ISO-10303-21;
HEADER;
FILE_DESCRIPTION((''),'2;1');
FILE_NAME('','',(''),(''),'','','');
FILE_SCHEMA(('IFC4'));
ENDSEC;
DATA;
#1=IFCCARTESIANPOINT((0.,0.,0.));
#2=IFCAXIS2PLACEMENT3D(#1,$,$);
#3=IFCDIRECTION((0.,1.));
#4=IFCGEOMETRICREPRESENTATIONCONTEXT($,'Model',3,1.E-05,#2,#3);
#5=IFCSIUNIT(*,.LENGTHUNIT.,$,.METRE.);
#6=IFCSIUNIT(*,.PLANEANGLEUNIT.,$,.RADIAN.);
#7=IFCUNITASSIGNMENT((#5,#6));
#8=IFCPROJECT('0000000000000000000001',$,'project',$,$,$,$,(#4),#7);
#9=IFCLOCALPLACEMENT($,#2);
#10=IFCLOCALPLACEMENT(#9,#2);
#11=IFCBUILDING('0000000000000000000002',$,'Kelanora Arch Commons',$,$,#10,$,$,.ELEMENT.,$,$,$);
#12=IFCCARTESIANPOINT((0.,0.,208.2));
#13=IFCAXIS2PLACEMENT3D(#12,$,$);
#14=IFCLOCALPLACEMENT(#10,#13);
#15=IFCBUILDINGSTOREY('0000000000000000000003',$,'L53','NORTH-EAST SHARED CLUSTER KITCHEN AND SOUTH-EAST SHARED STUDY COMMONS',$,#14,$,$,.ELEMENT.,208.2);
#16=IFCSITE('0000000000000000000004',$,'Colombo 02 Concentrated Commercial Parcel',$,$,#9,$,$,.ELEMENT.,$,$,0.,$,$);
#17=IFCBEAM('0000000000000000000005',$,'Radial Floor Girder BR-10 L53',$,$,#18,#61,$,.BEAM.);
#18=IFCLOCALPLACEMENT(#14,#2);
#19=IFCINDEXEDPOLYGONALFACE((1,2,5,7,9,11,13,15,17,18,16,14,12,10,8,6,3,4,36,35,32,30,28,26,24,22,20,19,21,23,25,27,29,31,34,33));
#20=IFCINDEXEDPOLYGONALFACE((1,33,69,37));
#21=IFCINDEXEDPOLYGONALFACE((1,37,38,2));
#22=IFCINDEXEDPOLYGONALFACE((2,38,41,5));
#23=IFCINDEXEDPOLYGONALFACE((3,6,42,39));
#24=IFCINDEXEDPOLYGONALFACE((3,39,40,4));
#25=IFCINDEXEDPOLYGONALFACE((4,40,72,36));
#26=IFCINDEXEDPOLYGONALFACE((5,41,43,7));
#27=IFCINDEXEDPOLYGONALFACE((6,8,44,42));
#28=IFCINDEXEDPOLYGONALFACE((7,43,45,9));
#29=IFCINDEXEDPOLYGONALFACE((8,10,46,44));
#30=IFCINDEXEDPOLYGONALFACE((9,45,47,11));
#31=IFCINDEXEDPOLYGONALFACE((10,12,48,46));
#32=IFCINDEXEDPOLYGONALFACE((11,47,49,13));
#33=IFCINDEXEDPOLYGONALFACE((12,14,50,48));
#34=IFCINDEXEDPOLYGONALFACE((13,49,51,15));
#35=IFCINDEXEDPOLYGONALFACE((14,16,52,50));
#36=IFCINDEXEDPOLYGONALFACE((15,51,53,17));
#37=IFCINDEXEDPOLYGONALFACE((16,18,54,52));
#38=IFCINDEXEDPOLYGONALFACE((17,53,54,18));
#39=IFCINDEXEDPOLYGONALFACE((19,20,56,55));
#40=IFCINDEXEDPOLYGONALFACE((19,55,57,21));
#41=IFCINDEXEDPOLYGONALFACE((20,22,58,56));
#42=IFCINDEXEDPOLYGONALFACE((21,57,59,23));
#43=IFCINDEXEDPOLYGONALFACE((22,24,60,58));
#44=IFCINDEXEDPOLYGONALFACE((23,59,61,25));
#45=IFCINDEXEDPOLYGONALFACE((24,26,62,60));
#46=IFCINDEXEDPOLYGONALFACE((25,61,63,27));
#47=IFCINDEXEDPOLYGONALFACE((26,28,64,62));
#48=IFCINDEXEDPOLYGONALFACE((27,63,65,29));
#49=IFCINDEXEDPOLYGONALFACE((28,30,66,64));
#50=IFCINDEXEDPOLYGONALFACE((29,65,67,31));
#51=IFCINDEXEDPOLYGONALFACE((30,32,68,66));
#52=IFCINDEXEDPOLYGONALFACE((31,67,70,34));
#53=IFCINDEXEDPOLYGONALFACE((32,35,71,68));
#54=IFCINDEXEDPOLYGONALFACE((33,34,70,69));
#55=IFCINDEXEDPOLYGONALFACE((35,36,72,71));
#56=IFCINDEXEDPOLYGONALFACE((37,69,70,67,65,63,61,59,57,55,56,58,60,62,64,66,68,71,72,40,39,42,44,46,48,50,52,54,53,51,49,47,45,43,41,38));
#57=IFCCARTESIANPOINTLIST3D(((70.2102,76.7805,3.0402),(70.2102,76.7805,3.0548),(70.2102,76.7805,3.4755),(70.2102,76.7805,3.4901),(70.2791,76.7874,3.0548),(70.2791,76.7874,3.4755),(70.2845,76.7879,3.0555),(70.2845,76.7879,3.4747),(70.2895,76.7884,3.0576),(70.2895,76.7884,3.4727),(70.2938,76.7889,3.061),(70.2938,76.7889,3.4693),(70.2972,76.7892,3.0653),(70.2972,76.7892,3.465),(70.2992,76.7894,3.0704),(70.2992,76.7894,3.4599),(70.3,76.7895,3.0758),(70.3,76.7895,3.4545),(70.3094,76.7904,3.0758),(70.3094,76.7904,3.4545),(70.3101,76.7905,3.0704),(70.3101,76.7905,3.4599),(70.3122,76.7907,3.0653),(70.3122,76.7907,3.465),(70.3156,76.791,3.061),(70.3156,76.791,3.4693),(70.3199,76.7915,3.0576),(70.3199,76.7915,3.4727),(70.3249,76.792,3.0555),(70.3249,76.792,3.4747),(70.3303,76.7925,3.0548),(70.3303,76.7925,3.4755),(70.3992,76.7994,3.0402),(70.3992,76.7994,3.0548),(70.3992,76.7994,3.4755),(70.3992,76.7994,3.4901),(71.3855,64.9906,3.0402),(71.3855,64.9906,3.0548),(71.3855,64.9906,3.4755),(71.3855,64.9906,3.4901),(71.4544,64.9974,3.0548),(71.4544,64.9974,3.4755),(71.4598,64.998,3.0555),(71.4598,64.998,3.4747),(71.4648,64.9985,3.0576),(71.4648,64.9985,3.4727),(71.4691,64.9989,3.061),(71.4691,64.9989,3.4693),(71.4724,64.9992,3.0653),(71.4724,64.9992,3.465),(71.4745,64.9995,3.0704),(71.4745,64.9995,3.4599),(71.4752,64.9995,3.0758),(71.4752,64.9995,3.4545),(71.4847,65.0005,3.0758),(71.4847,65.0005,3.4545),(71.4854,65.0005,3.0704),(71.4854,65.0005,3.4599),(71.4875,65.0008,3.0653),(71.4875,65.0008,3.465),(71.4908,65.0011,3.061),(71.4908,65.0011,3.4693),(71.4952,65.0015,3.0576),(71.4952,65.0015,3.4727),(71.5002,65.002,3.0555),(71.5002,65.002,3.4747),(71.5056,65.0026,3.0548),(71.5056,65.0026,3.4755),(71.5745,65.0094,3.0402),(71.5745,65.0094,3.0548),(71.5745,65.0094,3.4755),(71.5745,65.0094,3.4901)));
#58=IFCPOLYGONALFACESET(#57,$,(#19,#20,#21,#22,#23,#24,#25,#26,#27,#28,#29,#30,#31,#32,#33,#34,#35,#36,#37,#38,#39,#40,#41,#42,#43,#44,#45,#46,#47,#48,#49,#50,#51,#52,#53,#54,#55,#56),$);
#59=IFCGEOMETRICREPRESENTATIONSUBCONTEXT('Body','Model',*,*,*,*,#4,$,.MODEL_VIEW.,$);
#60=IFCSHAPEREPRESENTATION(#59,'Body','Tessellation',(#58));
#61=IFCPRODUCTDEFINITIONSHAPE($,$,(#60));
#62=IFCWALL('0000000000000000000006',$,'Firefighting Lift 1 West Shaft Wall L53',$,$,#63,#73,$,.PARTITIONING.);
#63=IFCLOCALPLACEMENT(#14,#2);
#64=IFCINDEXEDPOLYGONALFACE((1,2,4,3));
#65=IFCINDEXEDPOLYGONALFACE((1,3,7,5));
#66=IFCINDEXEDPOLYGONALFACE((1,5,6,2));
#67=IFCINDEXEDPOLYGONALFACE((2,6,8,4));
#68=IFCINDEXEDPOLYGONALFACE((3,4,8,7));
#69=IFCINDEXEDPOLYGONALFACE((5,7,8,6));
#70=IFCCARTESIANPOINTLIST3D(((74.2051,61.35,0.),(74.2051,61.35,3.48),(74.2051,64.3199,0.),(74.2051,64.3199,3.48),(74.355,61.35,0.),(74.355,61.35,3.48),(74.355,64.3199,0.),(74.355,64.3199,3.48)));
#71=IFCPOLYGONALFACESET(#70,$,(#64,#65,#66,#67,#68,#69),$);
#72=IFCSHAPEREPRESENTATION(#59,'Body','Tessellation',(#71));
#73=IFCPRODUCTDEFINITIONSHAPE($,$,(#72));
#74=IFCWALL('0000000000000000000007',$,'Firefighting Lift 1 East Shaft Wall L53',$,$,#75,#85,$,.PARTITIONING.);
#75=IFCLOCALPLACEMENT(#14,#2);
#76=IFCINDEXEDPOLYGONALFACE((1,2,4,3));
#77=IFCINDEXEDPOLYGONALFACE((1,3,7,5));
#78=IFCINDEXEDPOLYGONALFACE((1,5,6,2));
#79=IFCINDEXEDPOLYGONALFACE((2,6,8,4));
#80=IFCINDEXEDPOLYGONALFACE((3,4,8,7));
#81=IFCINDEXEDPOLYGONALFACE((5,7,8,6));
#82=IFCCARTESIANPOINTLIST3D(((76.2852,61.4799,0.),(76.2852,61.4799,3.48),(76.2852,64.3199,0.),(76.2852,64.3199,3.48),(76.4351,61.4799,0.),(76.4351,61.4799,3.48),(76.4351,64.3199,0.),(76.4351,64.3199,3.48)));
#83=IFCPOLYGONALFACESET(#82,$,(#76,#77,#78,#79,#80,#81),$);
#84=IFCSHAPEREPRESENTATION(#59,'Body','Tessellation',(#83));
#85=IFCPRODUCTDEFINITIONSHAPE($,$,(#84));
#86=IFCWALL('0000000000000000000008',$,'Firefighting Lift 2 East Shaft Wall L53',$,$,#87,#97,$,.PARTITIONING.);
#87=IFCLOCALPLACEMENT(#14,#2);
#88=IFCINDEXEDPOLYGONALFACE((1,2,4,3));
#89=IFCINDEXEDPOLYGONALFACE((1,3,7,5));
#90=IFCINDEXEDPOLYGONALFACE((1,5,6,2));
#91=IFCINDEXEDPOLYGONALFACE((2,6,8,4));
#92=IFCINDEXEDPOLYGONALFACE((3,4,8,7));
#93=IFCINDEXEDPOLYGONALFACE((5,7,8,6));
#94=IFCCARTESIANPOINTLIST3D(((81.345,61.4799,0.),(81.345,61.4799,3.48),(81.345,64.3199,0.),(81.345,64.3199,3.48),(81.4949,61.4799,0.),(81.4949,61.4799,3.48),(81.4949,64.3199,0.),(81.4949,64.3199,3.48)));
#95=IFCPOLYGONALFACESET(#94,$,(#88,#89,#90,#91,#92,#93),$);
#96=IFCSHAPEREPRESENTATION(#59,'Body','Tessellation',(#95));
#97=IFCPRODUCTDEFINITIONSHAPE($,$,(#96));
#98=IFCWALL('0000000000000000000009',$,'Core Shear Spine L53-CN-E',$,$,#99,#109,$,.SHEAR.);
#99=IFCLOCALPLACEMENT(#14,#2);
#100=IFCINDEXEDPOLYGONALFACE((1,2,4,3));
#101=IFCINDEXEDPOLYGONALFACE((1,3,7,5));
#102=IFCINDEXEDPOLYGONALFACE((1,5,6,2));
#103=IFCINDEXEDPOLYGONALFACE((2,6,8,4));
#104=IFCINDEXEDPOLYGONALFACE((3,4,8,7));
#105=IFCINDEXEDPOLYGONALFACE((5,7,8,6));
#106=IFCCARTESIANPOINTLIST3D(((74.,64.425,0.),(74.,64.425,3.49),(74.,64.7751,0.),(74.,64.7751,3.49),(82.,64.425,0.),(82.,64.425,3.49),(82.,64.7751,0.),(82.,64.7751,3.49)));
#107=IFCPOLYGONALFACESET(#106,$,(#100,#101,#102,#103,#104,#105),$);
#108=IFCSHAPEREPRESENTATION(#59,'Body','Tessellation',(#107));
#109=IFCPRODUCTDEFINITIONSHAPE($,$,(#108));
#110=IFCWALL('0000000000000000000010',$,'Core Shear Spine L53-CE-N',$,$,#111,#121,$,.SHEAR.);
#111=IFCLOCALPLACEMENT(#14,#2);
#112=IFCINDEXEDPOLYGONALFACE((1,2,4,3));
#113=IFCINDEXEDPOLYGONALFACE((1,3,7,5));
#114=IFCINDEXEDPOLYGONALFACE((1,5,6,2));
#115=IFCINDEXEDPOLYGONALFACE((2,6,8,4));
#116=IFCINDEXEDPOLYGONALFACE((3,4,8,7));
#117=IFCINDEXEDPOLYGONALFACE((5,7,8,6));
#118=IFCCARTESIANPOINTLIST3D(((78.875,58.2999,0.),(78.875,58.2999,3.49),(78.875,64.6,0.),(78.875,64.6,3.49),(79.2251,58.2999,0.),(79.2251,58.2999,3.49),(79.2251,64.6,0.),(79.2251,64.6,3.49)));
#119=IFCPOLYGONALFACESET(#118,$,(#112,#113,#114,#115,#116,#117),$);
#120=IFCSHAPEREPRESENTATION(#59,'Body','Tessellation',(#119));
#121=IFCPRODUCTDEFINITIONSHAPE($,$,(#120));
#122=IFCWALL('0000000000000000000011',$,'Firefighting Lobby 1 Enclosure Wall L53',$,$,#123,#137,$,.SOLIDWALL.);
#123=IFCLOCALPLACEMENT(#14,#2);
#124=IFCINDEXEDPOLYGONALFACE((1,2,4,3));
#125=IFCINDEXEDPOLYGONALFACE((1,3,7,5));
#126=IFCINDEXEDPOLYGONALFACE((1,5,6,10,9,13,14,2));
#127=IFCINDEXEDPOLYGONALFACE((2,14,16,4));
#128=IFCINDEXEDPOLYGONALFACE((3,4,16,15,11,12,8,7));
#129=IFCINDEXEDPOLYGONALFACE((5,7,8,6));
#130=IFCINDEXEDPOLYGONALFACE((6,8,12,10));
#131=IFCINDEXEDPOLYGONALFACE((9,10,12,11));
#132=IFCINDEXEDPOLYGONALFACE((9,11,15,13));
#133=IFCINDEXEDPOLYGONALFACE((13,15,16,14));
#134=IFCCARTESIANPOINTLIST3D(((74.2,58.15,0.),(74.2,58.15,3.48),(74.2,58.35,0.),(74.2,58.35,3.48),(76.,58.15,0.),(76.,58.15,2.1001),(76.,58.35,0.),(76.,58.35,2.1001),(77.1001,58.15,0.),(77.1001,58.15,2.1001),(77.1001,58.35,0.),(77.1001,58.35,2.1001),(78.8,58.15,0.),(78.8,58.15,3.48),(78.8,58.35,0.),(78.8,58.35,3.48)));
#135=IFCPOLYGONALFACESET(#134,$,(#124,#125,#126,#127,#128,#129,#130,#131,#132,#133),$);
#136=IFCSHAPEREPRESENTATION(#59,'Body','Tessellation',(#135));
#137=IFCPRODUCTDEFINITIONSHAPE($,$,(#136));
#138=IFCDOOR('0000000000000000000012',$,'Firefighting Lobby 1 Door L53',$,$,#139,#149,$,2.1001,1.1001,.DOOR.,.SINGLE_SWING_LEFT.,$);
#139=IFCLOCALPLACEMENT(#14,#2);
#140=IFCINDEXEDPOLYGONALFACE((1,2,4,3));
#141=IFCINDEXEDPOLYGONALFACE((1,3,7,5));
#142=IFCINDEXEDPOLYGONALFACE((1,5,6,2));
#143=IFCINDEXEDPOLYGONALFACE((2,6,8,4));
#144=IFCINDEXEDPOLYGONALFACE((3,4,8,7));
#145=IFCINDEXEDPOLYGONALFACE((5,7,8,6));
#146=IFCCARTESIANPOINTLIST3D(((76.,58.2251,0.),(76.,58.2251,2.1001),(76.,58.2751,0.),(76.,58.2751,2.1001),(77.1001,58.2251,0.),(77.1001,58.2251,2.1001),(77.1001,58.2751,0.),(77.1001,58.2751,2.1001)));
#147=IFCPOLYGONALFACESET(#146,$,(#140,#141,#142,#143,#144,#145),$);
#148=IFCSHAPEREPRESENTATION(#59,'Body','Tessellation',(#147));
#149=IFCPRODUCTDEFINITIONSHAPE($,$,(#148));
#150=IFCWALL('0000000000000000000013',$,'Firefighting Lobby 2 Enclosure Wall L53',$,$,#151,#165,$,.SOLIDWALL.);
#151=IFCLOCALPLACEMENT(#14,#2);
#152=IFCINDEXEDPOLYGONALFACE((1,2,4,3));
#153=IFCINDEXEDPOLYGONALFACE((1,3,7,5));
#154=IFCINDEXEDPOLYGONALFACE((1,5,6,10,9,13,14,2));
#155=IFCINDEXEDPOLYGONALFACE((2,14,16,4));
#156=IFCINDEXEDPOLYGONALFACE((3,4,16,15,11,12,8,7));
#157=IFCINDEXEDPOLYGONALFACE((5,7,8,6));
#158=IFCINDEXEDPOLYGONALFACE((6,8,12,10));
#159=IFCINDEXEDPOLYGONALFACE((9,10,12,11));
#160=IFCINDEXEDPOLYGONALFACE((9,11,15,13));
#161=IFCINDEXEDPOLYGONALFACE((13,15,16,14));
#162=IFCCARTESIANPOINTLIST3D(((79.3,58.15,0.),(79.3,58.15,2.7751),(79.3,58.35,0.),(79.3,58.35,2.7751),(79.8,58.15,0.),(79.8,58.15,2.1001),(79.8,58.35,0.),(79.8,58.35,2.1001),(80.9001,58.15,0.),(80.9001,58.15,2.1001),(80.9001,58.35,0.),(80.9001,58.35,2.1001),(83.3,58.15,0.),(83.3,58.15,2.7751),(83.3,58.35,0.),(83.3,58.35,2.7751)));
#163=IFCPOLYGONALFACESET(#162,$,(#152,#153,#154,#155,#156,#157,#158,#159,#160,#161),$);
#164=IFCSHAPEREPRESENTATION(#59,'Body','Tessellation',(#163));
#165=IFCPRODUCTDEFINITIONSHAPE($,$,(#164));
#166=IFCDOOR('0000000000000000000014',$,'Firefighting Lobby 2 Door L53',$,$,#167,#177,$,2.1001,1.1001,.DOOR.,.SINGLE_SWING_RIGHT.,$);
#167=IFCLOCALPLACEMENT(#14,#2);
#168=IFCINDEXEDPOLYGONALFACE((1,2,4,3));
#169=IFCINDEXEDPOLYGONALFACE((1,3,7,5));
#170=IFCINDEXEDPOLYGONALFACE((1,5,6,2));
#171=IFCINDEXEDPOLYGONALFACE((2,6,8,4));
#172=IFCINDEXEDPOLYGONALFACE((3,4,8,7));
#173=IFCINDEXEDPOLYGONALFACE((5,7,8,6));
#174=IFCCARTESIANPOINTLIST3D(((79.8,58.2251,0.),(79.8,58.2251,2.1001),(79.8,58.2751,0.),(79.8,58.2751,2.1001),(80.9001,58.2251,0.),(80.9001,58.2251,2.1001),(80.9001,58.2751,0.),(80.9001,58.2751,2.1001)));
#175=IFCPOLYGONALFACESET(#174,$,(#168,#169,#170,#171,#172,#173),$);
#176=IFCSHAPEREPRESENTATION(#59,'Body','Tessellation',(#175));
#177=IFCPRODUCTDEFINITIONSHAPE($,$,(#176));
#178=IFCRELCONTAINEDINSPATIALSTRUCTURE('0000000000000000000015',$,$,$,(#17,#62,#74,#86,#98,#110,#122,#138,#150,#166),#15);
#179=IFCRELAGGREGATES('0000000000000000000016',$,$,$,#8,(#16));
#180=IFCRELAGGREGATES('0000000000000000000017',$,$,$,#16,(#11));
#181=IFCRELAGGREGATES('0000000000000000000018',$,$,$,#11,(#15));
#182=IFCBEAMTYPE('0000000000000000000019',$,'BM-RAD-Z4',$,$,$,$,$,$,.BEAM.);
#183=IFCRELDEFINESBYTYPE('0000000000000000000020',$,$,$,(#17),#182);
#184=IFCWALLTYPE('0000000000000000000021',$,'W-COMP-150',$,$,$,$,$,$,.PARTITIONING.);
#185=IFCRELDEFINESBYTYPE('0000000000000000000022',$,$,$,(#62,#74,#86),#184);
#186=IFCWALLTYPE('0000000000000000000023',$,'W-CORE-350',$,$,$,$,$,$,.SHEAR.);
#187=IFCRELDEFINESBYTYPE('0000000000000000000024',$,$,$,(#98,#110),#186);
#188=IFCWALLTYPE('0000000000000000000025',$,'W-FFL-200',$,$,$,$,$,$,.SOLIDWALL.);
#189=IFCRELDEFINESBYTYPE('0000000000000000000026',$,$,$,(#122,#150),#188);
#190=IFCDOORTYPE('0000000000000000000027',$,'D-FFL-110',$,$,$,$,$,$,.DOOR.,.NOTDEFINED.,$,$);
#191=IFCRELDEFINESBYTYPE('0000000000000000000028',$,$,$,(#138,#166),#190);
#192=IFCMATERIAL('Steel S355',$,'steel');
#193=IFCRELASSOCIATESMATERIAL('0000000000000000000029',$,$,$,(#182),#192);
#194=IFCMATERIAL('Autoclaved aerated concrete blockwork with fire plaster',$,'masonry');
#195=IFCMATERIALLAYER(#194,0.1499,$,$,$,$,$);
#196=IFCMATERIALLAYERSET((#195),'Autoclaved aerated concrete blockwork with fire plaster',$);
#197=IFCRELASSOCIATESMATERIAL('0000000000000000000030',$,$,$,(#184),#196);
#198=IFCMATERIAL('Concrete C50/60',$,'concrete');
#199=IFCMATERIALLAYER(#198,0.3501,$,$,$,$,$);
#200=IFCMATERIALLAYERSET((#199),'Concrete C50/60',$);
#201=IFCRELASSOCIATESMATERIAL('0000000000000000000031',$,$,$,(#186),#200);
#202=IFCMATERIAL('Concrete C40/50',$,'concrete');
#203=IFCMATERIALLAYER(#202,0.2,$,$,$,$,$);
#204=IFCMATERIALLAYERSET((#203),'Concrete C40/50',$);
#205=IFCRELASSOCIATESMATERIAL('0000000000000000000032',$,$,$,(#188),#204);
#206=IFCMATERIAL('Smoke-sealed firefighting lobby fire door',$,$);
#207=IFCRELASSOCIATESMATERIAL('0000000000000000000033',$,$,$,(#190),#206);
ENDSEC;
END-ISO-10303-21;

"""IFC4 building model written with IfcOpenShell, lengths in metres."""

from ifc_helpers import new_model, si_unit, direction, frame, frame_2d, origin, origin_2d, place, context, subcontext, project, spatial, rectangle, i_section, extrude, material, layer, layer_set, material_profile, profile_set, type_object, element, fill, save


model = new_model("IFC4")

# Units and contexts
model_context = context("Model", 3, precision=1e-05, world=origin(), true_north=direction((0.0, 1.0)))
body_context = subcontext(model_context, "Body", "Model", "MODEL_VIEW")
ifc_project = project(units=[si_unit("LENGTHUNIT", "METRE"), si_unit("PLANEANGLEUNIT", "RADIAN")], contexts=[model_context])

# Site, building, storey
site_placement = place(None, origin())
site = spatial("IfcSite", under=ifc_project, at=site_placement, Name="Colombo 02 Concentrated Commercial Parcel", CompositionType="ELEMENT", RefElevation=0.0)
building_placement = place(site_placement, origin())
building = spatial("IfcBuilding", under=site, at=building_placement, Name="Kelanora Arch Commons", CompositionType="ELEMENT")
storey_placement = place(building_placement, frame((0.0, 0.0, 208.2)))
storey = spatial("IfcBuildingStorey", under=building, at=storey_placement, Name="L53", Description="NORTH-EAST SHARED CLUSTER KITCHEN AND SOUTH-EAST SHARED STUDY COMMONS", CompositionType="ELEMENT", Elevation=208.2)

# Beam
ifc_material_1 = material(Name="Steel S355", Category="steel")
ifc_material_profile_1 = material_profile(ifc_material_1, i_section(OverallWidth=0.1899, OverallDepth=0.45, WebThickness=0.0095, FlangeThickness=0.0146, FilletRadius=0.021, at=origin_2d()), Name="IPE450")
ifc_profile_set_1 = profile_set([ifc_material_profile_1], Name="Steel S355")
beam_type_1 = type_object("IfcBeamType", Name="BM-RAD-Z4", PredefinedType="BEAM", material=ifc_profile_set_1)
beam_1_placement = place(storey_placement, frame((71.48, 65.0, 3.2651), z_axis=(-0.099194, 0.995068, 0.0), x_axis=(-0.995068, -0.099194, 0.0)))
element("IfcBeam", 1, at=beam_1_placement, inside=storey, type_object=beam_type_1, Name="Radial Floor Girder BR-10 L53", PredefinedType="BEAM", context=body_context, shape_type="SweptSolid", body=[
    extrude(i_section(OverallWidth=0.1899, OverallDepth=0.45, WebThickness=0.0095, FlangeThickness=0.0146, FilletRadius=0.021, at=origin_2d()), origin(), (0.0, 0.0, 1.0), 11.8484),
])

# Walls
ifc_material_2 = material(Name="Autoclaved aerated concrete blockwork with fire plaster", Category="masonry")
ifc_layer_1 = layer(ifc_material_2, 0.1499)
ifc_layer_set_1 = layer_set([ifc_layer_1], Name="Autoclaved aerated concrete blockwork with fire plaster")
wall_type_1 = type_object("IfcWallType", Name="W-COMP-150", PredefinedType="PARTITIONING", material=ifc_layer_set_1)
wall_1_placement = place(storey_placement, frame((74.28, 61.3501, 0.0), z_axis=(0.0, 0.0, 1.0), x_axis=(0.0, 1.0, 0.0)))
element("IfcWall", 2, at=wall_1_placement, inside=storey, type_object=wall_type_1, Name="Firefighting Lift 1 West Shaft Wall L53", PredefinedType="PARTITIONING", context=body_context, shape_type="SweptSolid", body=[
    extrude(rectangle(XDim=2.97, YDim=0.1499, at=frame_2d((1.4849, 0.0))), origin(), (0.0, 0.0, 1.0), 3.48),
])
for number, where, z_axis, x_axis, name in (
    (3, (76.3601, 61.48, 0.0), (0.0, 0.0, 1.0), (0.0, 1.0, 0.0), "Firefighting Lift 1 East Shaft Wall L53"),
    (4, (81.4199, 61.48, 0.0), (0.0, 0.0, 1.0), (0.0, 1.0, 0.0), "Firefighting Lift 2 East Shaft Wall L53"),
):
    element("IfcWall", number, at=place(storey_placement, frame(where, z_axis=z_axis, x_axis=x_axis)), inside=storey, type_object=wall_type_1, Name=name, PredefinedType="PARTITIONING", context=body_context, shape_type="SweptSolid", body=[
        extrude(rectangle(XDim=2.8401, YDim=0.1499, at=frame_2d((1.4199, 0.0))), origin(), (0.0, 0.0, 1.0), 3.48),
    ])
ifc_material_3 = material(Name="Concrete C50/60", Category="concrete")
ifc_layer_2 = layer(ifc_material_3, 0.3501)
ifc_layer_set_2 = layer_set([ifc_layer_2], Name="Concrete C50/60")
wall_type_2 = type_object("IfcWallType", Name="W-CORE-350", PredefinedType="SHEAR", material=ifc_layer_set_2)
wall_2_placement = place(storey_placement, frame((74.0, 64.6001, 0.0), z_axis=(0.0, 0.0, 1.0), x_axis=(1.0, 0.0, 0.0)))
element("IfcWall", 5, at=wall_2_placement, inside=storey, type_object=wall_type_2, Name="Core Shear Spine L53-CN-E", PredefinedType="SHEAR", context=body_context, shape_type="SweptSolid", body=[
    extrude(rectangle(XDim=8.0, YDim=0.3501, at=frame_2d((4.0, 0.0))), origin(), (0.0, 0.0, 1.0), 3.49),
])
wall_3_placement = place(storey_placement, frame((79.05, 58.3, 0.0), z_axis=(0.0, 0.0, 1.0), x_axis=(0.0, 1.0, 0.0)))
element("IfcWall", 6, at=wall_3_placement, inside=storey, type_object=wall_type_2, Name="Core Shear Spine L53-CE-N", PredefinedType="SHEAR", context=body_context, shape_type="SweptSolid", body=[
    extrude(rectangle(XDim=6.3, YDim=0.3501, at=frame_2d((3.1499, 0.0))), origin(), (0.0, 0.0, 1.0), 3.49),
])

# Walls, openings, doors
ifc_material_4 = material(Name="Concrete C40/50", Category="concrete")
ifc_layer_3 = layer(ifc_material_4, 0.2)
ifc_layer_set_3 = layer_set([ifc_layer_3], Name="Concrete C40/50")
wall_type_3 = type_object("IfcWallType", Name="W-FFL-200", PredefinedType="SOLIDWALL", material=ifc_layer_set_3)
wall_4_placement = place(storey_placement, frame((74.2, 58.25, 0.0), z_axis=(0.0, 0.0, 1.0), x_axis=(1.0, 0.0, 0.0)))
wall_4 = element("IfcWall", 7, at=wall_4_placement, inside=storey, type_object=wall_type_3, Name="Firefighting Lobby 1 Enclosure Wall L53", PredefinedType="SOLIDWALL", context=body_context, shape_type="SweptSolid", body=[
    extrude(rectangle(XDim=4.6001, YDim=0.2, at=frame_2d((2.3, 0.0))), origin(), (0.0, 0.0, 1.0), 3.48),
])
opening_1_placement = place(wall_4_placement, frame((1.8, 0.0, 0.0)))
opening_1 = element("IfcOpeningElement", 8, at=opening_1_placement, cuts=wall_4, PredefinedType="OPENING", context=body_context, shape_type="SweptSolid", body=[
    extrude(rectangle(XDim=1.1001, YDim=2.1001, at=frame_2d((0.55, 1.05))), frame((0.0, 0.1099, 0.0), z_axis=(0.0, -1.0, 0.0), x_axis=(1.0, 0.0, 0.0)), (0.0, 0.0, 1.0), 0.22),
])
ifc_material_5 = material(Name="Smoke-sealed firefighting lobby fire door")
door_type_1 = type_object("IfcDoorType", Name="D-FFL-110", OperationType="NOTDEFINED", PredefinedType="DOOR", material=ifc_material_5)
door_1_placement = place(opening_1_placement, frame((1.1001, 0.0, 0.0), z_axis=(0.0, 0.0, 1.0), x_axis=(-1.0, 0.0, 0.0)))
door_1 = element("IfcDoor", 9, at=door_1_placement, inside=storey, type_object=door_type_1, Name="Firefighting Lobby 1 Door L53", OperationType="SINGLE_SWING_LEFT", OverallHeight=2.1001, OverallWidth=1.1001, PredefinedType="DOOR", context=body_context, shape_type="SweptSolid", body=[
    extrude(rectangle(XDim=1.1001, YDim=2.1001, at=frame_2d((0.55, 1.05))), frame((0.0, 0.0249, 0.0), z_axis=(0.0, -1.0, 0.0), x_axis=(1.0, 0.0, 0.0)), (0.0, 0.0, 1.0), 0.05),
])
fill(opening_1, door_1)
wall_5_placement = place(storey_placement, frame((79.3, 58.25, 0.0), z_axis=(0.0, 0.0, 1.0), x_axis=(1.0, 0.0, 0.0)))
wall_5 = element("IfcWall", 10, at=wall_5_placement, inside=storey, type_object=wall_type_3, Name="Firefighting Lobby 2 Enclosure Wall L53", PredefinedType="SOLIDWALL", context=body_context, shape_type="SweptSolid", body=[
    extrude(rectangle(XDim=4.0, YDim=0.2, at=frame_2d((2.0, 0.0))), origin(), (0.0, 0.0, 1.0), 2.7751),
])
opening_2_placement = place(wall_5_placement, frame((0.5, 0.0, 0.0)))
opening_2 = element("IfcOpeningElement", 11, at=opening_2_placement, cuts=wall_5, PredefinedType="OPENING", context=body_context, shape_type="SweptSolid", body=[
    extrude(rectangle(XDim=1.1001, YDim=2.1001, at=frame_2d((0.55, 1.05))), frame((0.0, 0.1099, 0.0), z_axis=(0.0, -1.0, 0.0), x_axis=(1.0, 0.0, 0.0)), (0.0, 0.0, 1.0), 0.22),
])
door_2_placement = place(opening_2_placement, frame((1.1001, 0.0, 0.0), z_axis=(0.0, 0.0, 1.0), x_axis=(-1.0, 0.0, 0.0)))
door_2 = element("IfcDoor", 12, at=door_2_placement, inside=storey, type_object=door_type_1, Name="Firefighting Lobby 2 Door L53", OperationType="SINGLE_SWING_RIGHT", OverallHeight=2.1001, OverallWidth=1.1001, PredefinedType="DOOR", context=body_context, shape_type="SweptSolid", body=[
    extrude(rectangle(XDim=1.1001, YDim=2.1001, at=frame_2d((0.55, 1.05))), frame((0.0, 0.0249, 0.0), z_axis=(0.0, -1.0, 0.0), x_axis=(1.0, 0.0, 0.0)), (0.0, 0.0, 1.0), 0.05),
])
fill(opening_2, door_2)

save(model, "model.ifc")
